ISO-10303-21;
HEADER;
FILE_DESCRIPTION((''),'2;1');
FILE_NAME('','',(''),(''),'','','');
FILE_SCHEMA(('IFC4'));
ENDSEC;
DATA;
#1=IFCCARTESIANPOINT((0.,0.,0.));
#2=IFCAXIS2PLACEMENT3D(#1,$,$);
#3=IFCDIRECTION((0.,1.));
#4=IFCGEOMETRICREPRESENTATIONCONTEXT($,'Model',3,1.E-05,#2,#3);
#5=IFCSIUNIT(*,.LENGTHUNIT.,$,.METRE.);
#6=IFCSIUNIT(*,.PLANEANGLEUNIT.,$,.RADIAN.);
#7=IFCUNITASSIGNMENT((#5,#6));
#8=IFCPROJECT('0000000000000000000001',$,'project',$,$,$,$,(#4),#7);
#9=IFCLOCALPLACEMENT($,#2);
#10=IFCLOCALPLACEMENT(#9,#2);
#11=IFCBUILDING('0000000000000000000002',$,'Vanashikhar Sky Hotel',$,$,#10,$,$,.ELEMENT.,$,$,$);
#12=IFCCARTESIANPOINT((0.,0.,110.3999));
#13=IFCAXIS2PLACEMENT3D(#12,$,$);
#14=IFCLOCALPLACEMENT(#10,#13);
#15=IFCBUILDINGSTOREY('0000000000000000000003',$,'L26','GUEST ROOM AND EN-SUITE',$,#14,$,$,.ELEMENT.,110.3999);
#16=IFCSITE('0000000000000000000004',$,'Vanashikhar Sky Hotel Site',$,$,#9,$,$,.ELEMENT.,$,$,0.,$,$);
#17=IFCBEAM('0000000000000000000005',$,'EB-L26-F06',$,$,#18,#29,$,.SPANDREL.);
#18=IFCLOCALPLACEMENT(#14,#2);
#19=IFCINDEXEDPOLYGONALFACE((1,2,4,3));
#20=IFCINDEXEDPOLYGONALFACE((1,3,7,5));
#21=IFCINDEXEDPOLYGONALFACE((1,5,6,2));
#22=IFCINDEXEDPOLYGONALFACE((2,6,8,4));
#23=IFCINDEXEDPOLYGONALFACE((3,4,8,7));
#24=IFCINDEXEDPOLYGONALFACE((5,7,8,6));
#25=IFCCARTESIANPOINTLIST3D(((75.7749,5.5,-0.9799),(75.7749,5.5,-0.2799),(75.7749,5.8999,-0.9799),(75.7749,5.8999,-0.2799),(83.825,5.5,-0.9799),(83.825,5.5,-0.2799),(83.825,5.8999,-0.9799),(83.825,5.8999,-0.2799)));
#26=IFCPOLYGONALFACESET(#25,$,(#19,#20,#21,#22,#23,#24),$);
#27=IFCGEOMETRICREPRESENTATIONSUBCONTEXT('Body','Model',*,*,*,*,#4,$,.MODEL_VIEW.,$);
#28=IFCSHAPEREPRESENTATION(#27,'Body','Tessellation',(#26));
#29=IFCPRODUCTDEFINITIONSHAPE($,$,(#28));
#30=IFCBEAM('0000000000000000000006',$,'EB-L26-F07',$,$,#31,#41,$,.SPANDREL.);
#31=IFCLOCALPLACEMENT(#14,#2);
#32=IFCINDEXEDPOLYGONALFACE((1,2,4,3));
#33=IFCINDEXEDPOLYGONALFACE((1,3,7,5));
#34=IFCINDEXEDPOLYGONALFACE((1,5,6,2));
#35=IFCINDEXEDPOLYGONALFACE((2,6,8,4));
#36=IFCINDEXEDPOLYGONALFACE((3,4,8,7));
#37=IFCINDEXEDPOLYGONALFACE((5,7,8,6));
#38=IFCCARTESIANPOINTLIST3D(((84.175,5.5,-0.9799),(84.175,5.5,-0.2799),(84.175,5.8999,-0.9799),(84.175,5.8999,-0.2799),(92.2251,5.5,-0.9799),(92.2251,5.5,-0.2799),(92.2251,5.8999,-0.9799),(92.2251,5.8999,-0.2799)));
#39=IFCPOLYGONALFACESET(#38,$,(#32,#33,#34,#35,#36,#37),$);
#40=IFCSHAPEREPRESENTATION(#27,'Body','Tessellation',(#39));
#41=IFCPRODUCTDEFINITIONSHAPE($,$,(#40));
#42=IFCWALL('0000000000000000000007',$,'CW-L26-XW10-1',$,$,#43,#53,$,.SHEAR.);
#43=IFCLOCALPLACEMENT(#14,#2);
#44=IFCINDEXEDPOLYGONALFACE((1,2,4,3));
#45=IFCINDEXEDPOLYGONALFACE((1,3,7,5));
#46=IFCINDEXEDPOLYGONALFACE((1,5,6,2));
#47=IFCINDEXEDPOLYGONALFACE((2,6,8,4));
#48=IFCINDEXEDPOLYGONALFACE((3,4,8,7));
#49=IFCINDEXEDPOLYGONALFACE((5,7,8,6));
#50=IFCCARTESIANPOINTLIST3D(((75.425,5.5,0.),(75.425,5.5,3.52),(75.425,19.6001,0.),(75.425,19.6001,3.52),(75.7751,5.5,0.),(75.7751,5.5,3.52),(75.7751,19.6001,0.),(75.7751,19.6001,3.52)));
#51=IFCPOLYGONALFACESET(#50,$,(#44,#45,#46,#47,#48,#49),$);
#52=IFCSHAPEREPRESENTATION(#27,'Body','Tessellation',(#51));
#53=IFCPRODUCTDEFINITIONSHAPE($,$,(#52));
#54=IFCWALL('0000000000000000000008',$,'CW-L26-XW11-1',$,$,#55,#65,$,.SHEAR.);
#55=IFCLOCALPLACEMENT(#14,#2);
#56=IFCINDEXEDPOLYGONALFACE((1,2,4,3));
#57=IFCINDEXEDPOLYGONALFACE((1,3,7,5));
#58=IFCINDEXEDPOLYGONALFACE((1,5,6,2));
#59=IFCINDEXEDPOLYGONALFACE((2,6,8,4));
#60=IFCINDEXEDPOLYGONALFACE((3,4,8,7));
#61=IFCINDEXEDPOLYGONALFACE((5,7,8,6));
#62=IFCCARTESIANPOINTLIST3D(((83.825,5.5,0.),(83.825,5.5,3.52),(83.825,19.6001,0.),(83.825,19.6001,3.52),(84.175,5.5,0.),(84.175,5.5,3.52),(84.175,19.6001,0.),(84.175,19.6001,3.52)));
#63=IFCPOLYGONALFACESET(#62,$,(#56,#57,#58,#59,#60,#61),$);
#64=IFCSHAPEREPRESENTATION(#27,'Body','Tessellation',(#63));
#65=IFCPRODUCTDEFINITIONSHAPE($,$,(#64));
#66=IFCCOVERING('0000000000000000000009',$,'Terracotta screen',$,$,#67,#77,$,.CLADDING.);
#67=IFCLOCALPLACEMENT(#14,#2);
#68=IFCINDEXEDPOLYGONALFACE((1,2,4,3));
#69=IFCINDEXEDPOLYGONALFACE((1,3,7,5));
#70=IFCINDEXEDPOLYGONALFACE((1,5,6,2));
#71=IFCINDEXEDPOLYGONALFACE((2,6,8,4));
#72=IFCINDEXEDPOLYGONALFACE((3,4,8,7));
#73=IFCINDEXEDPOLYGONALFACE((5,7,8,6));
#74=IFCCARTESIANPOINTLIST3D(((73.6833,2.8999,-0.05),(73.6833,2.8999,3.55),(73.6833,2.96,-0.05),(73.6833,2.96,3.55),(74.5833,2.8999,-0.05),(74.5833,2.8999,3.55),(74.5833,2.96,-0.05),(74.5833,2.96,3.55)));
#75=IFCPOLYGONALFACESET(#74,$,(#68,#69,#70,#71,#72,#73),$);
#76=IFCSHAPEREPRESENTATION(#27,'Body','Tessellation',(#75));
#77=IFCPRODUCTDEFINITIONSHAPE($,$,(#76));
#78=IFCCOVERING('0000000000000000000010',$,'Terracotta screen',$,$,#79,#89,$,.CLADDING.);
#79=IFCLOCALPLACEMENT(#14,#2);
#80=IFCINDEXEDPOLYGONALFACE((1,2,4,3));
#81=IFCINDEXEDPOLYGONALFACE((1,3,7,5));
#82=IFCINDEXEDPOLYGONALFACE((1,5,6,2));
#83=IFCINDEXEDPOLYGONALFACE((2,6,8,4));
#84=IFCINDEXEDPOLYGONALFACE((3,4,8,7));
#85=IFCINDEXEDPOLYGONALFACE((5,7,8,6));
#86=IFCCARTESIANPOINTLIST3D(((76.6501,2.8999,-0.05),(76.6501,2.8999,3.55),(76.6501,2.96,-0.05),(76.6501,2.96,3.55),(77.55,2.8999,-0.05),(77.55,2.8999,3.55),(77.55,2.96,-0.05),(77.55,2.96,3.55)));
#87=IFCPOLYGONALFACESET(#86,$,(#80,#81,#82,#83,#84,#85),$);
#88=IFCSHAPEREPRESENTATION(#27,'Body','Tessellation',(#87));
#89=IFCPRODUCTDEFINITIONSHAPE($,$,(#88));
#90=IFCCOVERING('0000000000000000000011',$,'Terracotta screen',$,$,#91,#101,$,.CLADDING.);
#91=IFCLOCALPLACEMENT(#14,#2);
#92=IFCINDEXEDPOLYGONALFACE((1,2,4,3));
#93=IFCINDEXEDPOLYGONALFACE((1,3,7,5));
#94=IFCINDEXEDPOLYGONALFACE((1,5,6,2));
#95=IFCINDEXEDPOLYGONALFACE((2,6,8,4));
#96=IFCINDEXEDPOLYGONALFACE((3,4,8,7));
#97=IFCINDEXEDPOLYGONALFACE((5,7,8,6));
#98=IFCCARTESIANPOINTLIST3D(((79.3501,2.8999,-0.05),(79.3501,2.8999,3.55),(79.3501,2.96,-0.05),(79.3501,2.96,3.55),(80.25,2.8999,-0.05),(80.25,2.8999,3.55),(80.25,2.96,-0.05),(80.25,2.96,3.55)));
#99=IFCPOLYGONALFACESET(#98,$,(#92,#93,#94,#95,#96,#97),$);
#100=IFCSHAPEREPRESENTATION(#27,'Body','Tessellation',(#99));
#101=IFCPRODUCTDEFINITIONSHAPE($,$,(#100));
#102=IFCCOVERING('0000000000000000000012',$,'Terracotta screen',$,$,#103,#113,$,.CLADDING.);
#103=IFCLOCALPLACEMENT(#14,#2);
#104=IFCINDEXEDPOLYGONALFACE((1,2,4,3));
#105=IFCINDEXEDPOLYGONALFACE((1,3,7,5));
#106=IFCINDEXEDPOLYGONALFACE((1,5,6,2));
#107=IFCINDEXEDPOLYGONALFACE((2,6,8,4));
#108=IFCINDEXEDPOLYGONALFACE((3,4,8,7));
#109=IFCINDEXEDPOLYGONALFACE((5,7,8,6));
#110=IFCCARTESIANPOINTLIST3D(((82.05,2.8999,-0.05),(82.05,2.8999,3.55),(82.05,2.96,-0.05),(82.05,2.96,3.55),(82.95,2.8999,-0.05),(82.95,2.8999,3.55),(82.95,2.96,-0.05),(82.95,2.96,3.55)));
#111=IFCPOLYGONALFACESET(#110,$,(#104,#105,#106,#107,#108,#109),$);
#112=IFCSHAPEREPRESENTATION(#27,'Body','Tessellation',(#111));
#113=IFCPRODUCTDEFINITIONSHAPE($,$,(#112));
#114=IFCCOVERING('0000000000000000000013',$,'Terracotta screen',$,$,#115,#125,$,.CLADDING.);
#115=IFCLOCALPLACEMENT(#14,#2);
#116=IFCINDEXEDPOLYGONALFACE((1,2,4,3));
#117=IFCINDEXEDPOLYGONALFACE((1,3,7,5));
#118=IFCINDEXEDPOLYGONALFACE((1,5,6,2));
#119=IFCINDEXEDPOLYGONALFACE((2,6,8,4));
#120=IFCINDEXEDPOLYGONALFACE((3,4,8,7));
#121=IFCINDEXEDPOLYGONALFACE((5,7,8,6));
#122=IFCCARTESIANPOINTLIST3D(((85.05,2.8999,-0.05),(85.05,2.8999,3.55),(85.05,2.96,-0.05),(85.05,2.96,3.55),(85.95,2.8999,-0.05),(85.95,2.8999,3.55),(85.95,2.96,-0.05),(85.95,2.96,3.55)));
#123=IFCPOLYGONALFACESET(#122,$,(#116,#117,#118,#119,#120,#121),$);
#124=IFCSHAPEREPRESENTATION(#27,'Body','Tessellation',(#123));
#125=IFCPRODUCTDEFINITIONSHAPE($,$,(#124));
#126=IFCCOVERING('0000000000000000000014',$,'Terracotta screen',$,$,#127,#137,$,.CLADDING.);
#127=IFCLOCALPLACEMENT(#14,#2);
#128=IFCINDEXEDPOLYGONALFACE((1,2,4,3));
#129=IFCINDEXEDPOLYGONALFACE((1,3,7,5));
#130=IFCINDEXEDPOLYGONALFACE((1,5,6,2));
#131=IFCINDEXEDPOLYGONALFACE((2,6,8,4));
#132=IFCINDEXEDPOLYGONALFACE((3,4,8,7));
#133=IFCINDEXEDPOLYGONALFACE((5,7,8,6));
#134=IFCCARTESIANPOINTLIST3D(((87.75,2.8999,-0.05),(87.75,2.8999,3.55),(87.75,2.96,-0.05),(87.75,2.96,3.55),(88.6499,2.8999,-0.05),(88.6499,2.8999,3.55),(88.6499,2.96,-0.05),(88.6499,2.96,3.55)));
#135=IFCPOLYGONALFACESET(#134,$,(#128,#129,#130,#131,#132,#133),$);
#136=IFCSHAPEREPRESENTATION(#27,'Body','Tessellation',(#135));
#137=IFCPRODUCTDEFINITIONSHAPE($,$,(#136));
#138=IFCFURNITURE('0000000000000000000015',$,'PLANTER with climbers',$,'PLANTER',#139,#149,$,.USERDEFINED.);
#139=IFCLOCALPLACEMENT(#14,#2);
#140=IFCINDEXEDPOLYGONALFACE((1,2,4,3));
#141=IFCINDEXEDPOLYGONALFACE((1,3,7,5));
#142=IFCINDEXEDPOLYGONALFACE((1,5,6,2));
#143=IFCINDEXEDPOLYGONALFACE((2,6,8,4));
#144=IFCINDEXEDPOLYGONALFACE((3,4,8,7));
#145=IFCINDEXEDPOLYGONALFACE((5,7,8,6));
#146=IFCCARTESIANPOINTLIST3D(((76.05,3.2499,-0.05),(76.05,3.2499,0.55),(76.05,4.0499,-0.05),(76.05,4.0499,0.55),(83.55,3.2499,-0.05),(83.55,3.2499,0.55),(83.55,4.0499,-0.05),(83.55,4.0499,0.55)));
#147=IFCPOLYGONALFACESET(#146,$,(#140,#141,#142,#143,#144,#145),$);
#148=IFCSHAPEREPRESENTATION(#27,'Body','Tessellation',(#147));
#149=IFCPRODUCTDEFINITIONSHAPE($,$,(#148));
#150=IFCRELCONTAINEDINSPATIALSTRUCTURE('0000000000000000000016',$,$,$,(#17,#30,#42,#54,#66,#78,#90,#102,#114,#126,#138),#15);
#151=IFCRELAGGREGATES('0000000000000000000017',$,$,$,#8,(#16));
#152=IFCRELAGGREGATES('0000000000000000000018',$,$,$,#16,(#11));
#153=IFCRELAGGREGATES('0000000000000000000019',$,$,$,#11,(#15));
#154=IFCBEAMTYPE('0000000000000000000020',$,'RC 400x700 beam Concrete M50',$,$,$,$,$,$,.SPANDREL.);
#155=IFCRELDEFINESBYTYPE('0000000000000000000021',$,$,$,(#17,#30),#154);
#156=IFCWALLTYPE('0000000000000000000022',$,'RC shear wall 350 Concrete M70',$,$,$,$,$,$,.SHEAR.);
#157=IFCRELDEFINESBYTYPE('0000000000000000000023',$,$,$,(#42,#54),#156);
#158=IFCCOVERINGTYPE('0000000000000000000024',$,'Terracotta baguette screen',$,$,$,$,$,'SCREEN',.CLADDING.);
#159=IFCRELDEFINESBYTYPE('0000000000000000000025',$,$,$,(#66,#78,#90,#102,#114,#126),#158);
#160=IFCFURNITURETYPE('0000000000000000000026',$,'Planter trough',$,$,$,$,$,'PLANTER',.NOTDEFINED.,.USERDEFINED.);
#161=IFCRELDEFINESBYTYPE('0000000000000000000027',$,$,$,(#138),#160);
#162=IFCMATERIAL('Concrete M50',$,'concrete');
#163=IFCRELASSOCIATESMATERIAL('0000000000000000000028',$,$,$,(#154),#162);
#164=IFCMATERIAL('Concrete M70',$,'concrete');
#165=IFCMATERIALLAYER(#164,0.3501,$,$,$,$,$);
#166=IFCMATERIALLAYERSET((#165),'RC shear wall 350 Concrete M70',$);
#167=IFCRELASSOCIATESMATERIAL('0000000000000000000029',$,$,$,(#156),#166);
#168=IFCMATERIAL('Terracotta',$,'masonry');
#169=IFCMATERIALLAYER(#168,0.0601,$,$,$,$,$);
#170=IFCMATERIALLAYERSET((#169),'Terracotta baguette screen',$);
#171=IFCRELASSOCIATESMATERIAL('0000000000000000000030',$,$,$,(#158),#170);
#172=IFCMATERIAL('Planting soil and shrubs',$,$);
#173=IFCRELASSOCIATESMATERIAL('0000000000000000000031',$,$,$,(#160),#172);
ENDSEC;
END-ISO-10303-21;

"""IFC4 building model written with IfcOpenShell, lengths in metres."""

from ifc_helpers import new_model, si_unit, direction, frame, frame_2d, origin, origin_2d, place, context, subcontext, project, spatial, rectangle, extrude, source, transform, mapped, material, layer, layer_set, material_profile, profile_set, type_object, element, save


model = new_model("IFC4")

# Units and contexts
model_context = context("Model", 3, precision=1e-05, world=origin(), true_north=direction((0.0, 1.0)))
body_context = subcontext(model_context, "Body", "Model", "MODEL_VIEW")
ifc_project = project(units=[si_unit("LENGTHUNIT", "METRE"), si_unit("PLANEANGLEUNIT", "RADIAN")], contexts=[model_context])

# Site, building, storey
site_placement = place(None, origin())
site = spatial("IfcSite", under=ifc_project, at=site_placement, Name="Vanashikhar Sky Hotel Site", CompositionType="ELEMENT", RefElevation=0.0)
building_placement = place(site_placement, origin())
building = spatial("IfcBuilding", under=site, at=building_placement, Name="Vanashikhar Sky Hotel", CompositionType="ELEMENT")
storey_placement = place(building_placement, frame((0.0, 0.0, 110.3999)))
storey = spatial("IfcBuildingStorey", under=building, at=storey_placement, Name="L26", Description="GUEST ROOM AND EN-SUITE", CompositionType="ELEMENT", Elevation=110.3999)

# Beams
ifc_material_1 = material(Name="Concrete M50", Category="concrete")
ifc_material_profile = material_profile(ifc_material_1, rectangle(XDim=0.3999, YDim=0.7, at=origin_2d()))
ifc_profile_set = profile_set([ifc_material_profile], Name="RC 400x700 beam Concrete M50")
beam_type = type_object("IfcBeamType", Name="RC 400x700 beam Concrete M50", PredefinedType="SPANDREL", material=ifc_profile_set)
shared_shape_1 = source(origin(), body_context, "Body", "SweptSolid", [
    extrude(rectangle(XDim=0.3999, YDim=0.7, at=origin_2d()), origin(), (0.0, 0.0, 1.0), 8.05),
])
for number, where, z_axis, x_axis, name in (
    (1, (75.7749, 5.7, -0.6299), (1.0, 0.0, 0.0), (0.0, 1.0, 0.0), "EB-L26-F06"),
    (2, (84.175, 5.7, -0.6299), (1.0, 0.0, 0.0), (0.0, 1.0, 0.0), "EB-L26-F07"),
):
    element("IfcBeam", number, at=place(storey_placement, frame(where, z_axis=z_axis, x_axis=x_axis)), inside=storey, type_object=beam_type, Name=name, PredefinedType="SPANDREL", context=body_context, shape_type="MappedRepresentation", body=[
        mapped(shared_shape_1, transform((0.0, 0.0, 0.0), scale=1.0)),
    ])

# Walls
ifc_material_2 = material(Name="Concrete M70", Category="concrete")
ifc_layer_1 = layer(ifc_material_2, 0.3501)
ifc_layer_set_1 = layer_set([ifc_layer_1], Name="RC shear wall 350 Concrete M70")
wall_type_1 = type_object("IfcWallType", Name="RC shear wall 350 Concrete M70", PredefinedType="SHEAR", material=ifc_layer_set_1)
shared_shape_2 = source(origin(), body_context, "Body", "SweptSolid", [
    extrude(rectangle(XDim=14.1001, YDim=0.3501, at=frame_2d((7.05, 0.0))), origin(), (0.0, 0.0, 1.0), 3.52),
])
for number, where, z_axis, x_axis, name in (
    (3, (75.6001, 5.5, 0.0), (0.0, 0.0, 1.0), (0.0, 1.0, 0.0), "CW-L26-XW10-1"),
    (4, (84.0, 5.5, 0.0), (0.0, 0.0, 1.0), (0.0, 1.0, 0.0), "CW-L26-XW11-1"),
):
    element("IfcWall", number, at=place(storey_placement, frame(where, z_axis=z_axis, x_axis=x_axis)), inside=storey, type_object=wall_type_1, Name=name, PredefinedType="SHEAR", context=body_context, shape_type="MappedRepresentation", body=[
        mapped(shared_shape_2, transform((0.0, 0.0, 0.0), scale=1.0)),
    ])

# Coverings
ifc_material_3 = material(Name="Terracotta", Category="masonry")
ifc_layer_2 = layer(ifc_material_3, 0.0601)
ifc_layer_set_2 = layer_set([ifc_layer_2], Name="Terracotta baguette screen")
covering_type = type_object("IfcCoveringType", Name="Terracotta baguette screen", ElementType="SCREEN", PredefinedType="CLADDING", material=ifc_layer_set_2)
shared_shape_3 = source(origin(), body_context, "Body", "SweptSolid", [
    extrude(rectangle(XDim=0.8999, YDim=0.0601, at=origin_2d()), origin(), (0.0, 0.0, 1.0), 3.6001),
])
for number, where, z_axis, x_axis, name in (
    (5, (74.1333, 2.9299, -0.05), (0.0, 0.0, 1.0), (1.0, 0.0, 0.0), "Terracotta screen"),
    (6, (77.1001, 2.9299, -0.05), (0.0, 0.0, 1.0), (1.0, 0.0, 0.0), "Terracotta screen"),
    (7, (79.8, 2.9299, -0.05), (0.0, 0.0, 1.0), (1.0, 0.0, 0.0), "Terracotta screen"),
    (8, (82.5, 2.9299, -0.05), (0.0, 0.0, 1.0), (1.0, 0.0, 0.0), "Terracotta screen"),
    (9, (85.5, 2.9299, -0.05), (0.0, 0.0, 1.0), (1.0, 0.0, 0.0), "Terracotta screen"),
    (10, (88.2, 2.9299, -0.05), (0.0, 0.0, 1.0), (1.0, 0.0, 0.0), "Terracotta screen"),
):
    element("IfcCovering", number, at=place(storey_placement, frame(where, z_axis=z_axis, x_axis=x_axis)), inside=storey, type_object=covering_type, Name=name, PredefinedType="CLADDING", context=body_context, shape_type="MappedRepresentation", body=[
        mapped(shared_shape_3, transform((0.0, 0.0, 0.0), scale=1.0)),
    ])

# Furniture
ifc_material_4 = material(Name="Planting soil and shrubs")
furniture_type = type_object("IfcFurnitureType", Name="Planter trough", ElementType="PLANTER", AssemblyPlace="NOTDEFINED", PredefinedType="USERDEFINED", material=ifc_material_4)
shared_shape_4 = source(origin(), body_context, "Body", "SweptSolid", [
    extrude(rectangle(XDim=7.5, YDim=0.8, at=origin_2d()), origin(), (0.0, 0.0, 1.0), 0.6001),
])
furniture_placement = place(storey_placement, frame((79.8, 3.6499, -0.05), z_axis=(0.0, 0.0, 1.0), x_axis=(1.0, 0.0, 0.0)))
element("IfcFurniture", 11, at=furniture_placement, inside=storey, type_object=furniture_type, Name="PLANTER with climbers", ObjectType="PLANTER", PredefinedType="USERDEFINED", context=body_context, shape_type="MappedRepresentation", body=[
    mapped(shared_shape_4, transform((0.0, 0.0, 0.0), scale=1.0)),
])

save(model, "model.ifc")
